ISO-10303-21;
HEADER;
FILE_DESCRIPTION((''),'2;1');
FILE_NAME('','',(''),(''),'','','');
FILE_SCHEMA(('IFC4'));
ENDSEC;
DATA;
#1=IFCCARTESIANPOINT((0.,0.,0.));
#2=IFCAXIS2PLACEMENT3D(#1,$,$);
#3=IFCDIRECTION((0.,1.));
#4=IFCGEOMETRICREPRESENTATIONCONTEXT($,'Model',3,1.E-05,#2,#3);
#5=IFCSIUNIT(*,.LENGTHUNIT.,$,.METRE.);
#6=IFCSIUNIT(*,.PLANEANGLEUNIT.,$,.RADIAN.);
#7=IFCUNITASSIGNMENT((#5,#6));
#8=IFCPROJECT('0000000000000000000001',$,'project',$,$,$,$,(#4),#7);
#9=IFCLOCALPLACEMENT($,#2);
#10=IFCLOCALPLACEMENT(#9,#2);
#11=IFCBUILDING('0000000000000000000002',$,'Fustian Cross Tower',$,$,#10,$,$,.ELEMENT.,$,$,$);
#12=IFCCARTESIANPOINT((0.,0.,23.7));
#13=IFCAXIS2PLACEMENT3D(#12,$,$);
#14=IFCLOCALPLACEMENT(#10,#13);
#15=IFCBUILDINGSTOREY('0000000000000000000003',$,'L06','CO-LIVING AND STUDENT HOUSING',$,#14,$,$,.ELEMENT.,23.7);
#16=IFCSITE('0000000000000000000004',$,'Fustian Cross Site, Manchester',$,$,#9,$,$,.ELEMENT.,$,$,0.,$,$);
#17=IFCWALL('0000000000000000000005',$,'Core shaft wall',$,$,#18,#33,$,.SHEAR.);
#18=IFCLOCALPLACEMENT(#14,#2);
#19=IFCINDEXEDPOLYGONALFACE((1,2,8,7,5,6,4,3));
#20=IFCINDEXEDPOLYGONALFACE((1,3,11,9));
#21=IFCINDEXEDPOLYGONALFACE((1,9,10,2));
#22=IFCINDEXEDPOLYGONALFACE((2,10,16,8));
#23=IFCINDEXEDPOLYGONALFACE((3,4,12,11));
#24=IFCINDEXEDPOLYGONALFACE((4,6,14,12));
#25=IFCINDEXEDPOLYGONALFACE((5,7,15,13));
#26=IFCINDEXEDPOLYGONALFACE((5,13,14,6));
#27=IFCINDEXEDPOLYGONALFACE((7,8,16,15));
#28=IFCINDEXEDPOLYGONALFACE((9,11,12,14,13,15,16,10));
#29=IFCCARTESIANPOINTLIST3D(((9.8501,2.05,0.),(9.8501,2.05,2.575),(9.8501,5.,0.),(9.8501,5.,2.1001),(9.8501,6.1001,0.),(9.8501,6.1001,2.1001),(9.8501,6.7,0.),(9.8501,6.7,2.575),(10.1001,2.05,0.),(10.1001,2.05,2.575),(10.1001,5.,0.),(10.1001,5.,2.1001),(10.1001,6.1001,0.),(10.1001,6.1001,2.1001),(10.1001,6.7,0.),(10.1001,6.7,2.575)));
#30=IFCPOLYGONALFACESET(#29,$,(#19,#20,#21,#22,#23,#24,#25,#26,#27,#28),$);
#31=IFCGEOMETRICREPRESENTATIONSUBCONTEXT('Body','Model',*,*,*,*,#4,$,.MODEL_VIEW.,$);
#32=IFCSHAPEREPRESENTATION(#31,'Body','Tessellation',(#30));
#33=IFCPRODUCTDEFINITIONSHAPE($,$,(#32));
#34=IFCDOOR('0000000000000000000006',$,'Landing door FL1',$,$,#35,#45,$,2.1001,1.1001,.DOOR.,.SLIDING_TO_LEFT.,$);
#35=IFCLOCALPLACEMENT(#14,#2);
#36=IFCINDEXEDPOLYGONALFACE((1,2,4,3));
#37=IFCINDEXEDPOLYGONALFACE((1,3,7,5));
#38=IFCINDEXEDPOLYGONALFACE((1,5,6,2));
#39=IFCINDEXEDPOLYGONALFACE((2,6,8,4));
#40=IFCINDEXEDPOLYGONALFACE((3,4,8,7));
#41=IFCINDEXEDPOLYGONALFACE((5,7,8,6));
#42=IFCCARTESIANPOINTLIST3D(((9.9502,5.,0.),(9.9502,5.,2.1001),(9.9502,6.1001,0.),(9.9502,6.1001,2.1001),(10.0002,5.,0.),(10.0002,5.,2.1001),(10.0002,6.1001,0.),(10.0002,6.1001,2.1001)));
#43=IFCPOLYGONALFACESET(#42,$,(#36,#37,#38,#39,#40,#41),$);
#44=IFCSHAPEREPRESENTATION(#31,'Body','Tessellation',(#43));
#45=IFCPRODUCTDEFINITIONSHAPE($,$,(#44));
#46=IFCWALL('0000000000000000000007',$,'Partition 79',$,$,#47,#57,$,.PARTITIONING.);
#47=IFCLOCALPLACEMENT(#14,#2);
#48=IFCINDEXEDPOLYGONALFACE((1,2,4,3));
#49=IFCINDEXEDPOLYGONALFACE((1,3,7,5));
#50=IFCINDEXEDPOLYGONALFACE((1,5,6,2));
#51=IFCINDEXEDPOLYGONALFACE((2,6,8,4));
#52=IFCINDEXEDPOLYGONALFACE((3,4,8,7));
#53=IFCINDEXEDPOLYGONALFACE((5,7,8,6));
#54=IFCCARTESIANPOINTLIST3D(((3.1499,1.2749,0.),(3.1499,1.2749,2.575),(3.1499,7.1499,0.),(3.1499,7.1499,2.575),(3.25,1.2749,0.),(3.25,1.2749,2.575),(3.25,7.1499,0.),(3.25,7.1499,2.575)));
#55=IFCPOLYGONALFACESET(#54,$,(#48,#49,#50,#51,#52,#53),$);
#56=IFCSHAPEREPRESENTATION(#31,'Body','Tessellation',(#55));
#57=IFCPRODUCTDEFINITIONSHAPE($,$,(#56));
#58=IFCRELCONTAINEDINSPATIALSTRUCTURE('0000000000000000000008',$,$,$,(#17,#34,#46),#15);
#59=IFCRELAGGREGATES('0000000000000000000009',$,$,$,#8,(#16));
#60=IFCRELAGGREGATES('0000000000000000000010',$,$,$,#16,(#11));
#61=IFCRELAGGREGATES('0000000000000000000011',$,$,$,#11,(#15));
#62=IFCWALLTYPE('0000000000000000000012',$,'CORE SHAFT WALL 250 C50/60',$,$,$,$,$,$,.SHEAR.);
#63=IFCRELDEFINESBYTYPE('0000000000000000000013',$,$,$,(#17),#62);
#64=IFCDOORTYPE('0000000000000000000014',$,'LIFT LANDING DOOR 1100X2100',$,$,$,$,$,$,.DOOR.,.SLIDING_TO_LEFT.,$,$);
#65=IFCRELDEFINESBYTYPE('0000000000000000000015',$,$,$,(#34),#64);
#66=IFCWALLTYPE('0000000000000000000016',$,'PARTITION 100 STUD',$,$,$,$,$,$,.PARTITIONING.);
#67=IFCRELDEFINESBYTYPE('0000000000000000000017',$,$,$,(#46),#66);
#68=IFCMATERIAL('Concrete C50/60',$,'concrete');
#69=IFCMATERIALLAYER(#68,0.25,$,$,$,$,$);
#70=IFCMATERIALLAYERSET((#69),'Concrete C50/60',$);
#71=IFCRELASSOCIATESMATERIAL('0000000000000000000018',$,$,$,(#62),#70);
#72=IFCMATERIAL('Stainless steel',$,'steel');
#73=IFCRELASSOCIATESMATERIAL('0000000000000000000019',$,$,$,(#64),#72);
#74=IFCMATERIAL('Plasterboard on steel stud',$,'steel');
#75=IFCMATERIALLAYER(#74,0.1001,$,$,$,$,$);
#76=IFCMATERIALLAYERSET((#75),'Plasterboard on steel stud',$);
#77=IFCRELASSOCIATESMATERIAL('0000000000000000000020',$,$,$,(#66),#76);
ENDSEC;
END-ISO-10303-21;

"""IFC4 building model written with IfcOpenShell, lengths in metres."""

from ifc_helpers import new_model, si_unit, direction, frame, frame_2d, origin, place, context, subcontext, project, spatial, rectangle, extrude, material, layer, layer_set, type_object, element, fill, save


model = new_model("IFC4")

# Units and contexts
model_context = context("Model", 3, precision=1e-05, world=origin(), true_north=direction((0.0, 1.0)))
body_context = subcontext(model_context, "Body", "Model", "MODEL_VIEW")
ifc_project = project(units=[si_unit("LENGTHUNIT", "METRE"), si_unit("PLANEANGLEUNIT", "RADIAN")], contexts=[model_context])

# Site, building, storey
site_placement = place(None, origin())
site = spatial("IfcSite", under=ifc_project, at=site_placement, Name="Fustian Cross Site, Manchester", CompositionType="ELEMENT", RefElevation=0.0)
building_placement = place(site_placement, origin())
building = spatial("IfcBuilding", under=site, at=building_placement, Name="Fustian Cross Tower", CompositionType="ELEMENT")
storey_placement = place(building_placement, frame((0.0, 0.0, 23.7)))
storey = spatial("IfcBuildingStorey", under=building, at=storey_placement, Name="L06", Description="CO-LIVING AND STUDENT HOUSING", CompositionType="ELEMENT", Elevation=23.7)

# Shared definitions
ifc_material_1 = material(Name="Concrete C50/60", Category="concrete")
ifc_layer_1 = layer(ifc_material_1, 0.25)
ifc_layer_set_1 = layer_set([ifc_layer_1], Name="Concrete C50/60")
wall_type_1 = type_object("IfcWallType", Name="CORE SHAFT WALL 250 C50/60", PredefinedType="SHEAR", material=ifc_layer_set_1)

# Wall, opening, door
wall_1_placement = place(storey_placement, frame((9.9751, 2.05, 0.0), z_axis=(0.0, 0.0, 1.0), x_axis=(0.0, 1.0, 0.0)))
wall_1 = element("IfcWall", 1, at=wall_1_placement, inside=storey, type_object=wall_type_1, Name="Core shaft wall", PredefinedType="SHEAR", context=body_context, shape_type="SweptSolid", body=[
    extrude(rectangle(XDim=4.6499, YDim=0.25, at=frame_2d((2.325, 0.0))), origin(), (0.0, 0.0, 1.0), 2.575),
])
opening_1_placement = place(wall_1_placement, frame((2.95, 0.0, 0.0)))
opening_1 = element("IfcOpeningElement", 2, at=opening_1_placement, cuts=wall_1, PredefinedType="OPENING", context=body_context, shape_type="SweptSolid", body=[
    extrude(rectangle(XDim=1.1001, YDim=2.1001, at=frame_2d((0.55, 1.05))), frame((0.0, 0.135, 0.0), z_axis=(0.0, -1.0, 0.0), x_axis=(1.0, 0.0, 0.0)), (0.0, 0.0, 1.0), 0.27),
])
ifc_material_2 = material(Name="Stainless steel", Category="steel")
door_type_1 = type_object("IfcDoorType", Name="LIFT LANDING DOOR 1100X2100", OperationType="SLIDING_TO_LEFT", PredefinedType="DOOR", material=ifc_material_2)
door_1_placement = place(opening_1_placement, origin())
door_1 = element("IfcDoor", 3, at=door_1_placement, inside=storey, type_object=door_type_1, Name="Landing door FL1", OperationType="SLIDING_TO_LEFT", OverallHeight=2.1001, OverallWidth=1.1001, PredefinedType="DOOR", context=body_context, shape_type="SweptSolid", body=[
    extrude(rectangle(XDim=1.1001, YDim=2.1001, at=frame_2d((0.55, 1.05))), frame((0.0, 0.0249, 0.0), z_axis=(0.0, -1.0, 0.0), x_axis=(1.0, 0.0, 0.0)), (0.0, 0.0, 1.0), 0.05),
])
fill(opening_1, door_1)

# Wall
ifc_material_3 = material(Name="Plasterboard on steel stud", Category="steel")
ifc_layer_2 = layer(ifc_material_3, 0.1001)
ifc_layer_set_2 = layer_set([ifc_layer_2], Name="Plasterboard on steel stud")
wall_type_2 = type_object("IfcWallType", Name="PARTITION 100 STUD", PredefinedType="PARTITIONING", material=ifc_layer_set_2)
wall_2_placement = place(storey_placement, frame((3.2, 1.2749, 0.0), z_axis=(0.0, 0.0, 1.0), x_axis=(0.0, 1.0, 0.0)))
element("IfcWall", 4, at=wall_2_placement, inside=storey, type_object=wall_type_2, Name="Partition 79", PredefinedType="PARTITIONING", context=body_context, shape_type="SweptSolid", body=[
    extrude(rectangle(XDim=5.875, YDim=0.1001, at=frame_2d((2.9375, 0.0))), origin(), (0.0, 0.0, 1.0), 2.575),
])

save(model, "model.ifc")
